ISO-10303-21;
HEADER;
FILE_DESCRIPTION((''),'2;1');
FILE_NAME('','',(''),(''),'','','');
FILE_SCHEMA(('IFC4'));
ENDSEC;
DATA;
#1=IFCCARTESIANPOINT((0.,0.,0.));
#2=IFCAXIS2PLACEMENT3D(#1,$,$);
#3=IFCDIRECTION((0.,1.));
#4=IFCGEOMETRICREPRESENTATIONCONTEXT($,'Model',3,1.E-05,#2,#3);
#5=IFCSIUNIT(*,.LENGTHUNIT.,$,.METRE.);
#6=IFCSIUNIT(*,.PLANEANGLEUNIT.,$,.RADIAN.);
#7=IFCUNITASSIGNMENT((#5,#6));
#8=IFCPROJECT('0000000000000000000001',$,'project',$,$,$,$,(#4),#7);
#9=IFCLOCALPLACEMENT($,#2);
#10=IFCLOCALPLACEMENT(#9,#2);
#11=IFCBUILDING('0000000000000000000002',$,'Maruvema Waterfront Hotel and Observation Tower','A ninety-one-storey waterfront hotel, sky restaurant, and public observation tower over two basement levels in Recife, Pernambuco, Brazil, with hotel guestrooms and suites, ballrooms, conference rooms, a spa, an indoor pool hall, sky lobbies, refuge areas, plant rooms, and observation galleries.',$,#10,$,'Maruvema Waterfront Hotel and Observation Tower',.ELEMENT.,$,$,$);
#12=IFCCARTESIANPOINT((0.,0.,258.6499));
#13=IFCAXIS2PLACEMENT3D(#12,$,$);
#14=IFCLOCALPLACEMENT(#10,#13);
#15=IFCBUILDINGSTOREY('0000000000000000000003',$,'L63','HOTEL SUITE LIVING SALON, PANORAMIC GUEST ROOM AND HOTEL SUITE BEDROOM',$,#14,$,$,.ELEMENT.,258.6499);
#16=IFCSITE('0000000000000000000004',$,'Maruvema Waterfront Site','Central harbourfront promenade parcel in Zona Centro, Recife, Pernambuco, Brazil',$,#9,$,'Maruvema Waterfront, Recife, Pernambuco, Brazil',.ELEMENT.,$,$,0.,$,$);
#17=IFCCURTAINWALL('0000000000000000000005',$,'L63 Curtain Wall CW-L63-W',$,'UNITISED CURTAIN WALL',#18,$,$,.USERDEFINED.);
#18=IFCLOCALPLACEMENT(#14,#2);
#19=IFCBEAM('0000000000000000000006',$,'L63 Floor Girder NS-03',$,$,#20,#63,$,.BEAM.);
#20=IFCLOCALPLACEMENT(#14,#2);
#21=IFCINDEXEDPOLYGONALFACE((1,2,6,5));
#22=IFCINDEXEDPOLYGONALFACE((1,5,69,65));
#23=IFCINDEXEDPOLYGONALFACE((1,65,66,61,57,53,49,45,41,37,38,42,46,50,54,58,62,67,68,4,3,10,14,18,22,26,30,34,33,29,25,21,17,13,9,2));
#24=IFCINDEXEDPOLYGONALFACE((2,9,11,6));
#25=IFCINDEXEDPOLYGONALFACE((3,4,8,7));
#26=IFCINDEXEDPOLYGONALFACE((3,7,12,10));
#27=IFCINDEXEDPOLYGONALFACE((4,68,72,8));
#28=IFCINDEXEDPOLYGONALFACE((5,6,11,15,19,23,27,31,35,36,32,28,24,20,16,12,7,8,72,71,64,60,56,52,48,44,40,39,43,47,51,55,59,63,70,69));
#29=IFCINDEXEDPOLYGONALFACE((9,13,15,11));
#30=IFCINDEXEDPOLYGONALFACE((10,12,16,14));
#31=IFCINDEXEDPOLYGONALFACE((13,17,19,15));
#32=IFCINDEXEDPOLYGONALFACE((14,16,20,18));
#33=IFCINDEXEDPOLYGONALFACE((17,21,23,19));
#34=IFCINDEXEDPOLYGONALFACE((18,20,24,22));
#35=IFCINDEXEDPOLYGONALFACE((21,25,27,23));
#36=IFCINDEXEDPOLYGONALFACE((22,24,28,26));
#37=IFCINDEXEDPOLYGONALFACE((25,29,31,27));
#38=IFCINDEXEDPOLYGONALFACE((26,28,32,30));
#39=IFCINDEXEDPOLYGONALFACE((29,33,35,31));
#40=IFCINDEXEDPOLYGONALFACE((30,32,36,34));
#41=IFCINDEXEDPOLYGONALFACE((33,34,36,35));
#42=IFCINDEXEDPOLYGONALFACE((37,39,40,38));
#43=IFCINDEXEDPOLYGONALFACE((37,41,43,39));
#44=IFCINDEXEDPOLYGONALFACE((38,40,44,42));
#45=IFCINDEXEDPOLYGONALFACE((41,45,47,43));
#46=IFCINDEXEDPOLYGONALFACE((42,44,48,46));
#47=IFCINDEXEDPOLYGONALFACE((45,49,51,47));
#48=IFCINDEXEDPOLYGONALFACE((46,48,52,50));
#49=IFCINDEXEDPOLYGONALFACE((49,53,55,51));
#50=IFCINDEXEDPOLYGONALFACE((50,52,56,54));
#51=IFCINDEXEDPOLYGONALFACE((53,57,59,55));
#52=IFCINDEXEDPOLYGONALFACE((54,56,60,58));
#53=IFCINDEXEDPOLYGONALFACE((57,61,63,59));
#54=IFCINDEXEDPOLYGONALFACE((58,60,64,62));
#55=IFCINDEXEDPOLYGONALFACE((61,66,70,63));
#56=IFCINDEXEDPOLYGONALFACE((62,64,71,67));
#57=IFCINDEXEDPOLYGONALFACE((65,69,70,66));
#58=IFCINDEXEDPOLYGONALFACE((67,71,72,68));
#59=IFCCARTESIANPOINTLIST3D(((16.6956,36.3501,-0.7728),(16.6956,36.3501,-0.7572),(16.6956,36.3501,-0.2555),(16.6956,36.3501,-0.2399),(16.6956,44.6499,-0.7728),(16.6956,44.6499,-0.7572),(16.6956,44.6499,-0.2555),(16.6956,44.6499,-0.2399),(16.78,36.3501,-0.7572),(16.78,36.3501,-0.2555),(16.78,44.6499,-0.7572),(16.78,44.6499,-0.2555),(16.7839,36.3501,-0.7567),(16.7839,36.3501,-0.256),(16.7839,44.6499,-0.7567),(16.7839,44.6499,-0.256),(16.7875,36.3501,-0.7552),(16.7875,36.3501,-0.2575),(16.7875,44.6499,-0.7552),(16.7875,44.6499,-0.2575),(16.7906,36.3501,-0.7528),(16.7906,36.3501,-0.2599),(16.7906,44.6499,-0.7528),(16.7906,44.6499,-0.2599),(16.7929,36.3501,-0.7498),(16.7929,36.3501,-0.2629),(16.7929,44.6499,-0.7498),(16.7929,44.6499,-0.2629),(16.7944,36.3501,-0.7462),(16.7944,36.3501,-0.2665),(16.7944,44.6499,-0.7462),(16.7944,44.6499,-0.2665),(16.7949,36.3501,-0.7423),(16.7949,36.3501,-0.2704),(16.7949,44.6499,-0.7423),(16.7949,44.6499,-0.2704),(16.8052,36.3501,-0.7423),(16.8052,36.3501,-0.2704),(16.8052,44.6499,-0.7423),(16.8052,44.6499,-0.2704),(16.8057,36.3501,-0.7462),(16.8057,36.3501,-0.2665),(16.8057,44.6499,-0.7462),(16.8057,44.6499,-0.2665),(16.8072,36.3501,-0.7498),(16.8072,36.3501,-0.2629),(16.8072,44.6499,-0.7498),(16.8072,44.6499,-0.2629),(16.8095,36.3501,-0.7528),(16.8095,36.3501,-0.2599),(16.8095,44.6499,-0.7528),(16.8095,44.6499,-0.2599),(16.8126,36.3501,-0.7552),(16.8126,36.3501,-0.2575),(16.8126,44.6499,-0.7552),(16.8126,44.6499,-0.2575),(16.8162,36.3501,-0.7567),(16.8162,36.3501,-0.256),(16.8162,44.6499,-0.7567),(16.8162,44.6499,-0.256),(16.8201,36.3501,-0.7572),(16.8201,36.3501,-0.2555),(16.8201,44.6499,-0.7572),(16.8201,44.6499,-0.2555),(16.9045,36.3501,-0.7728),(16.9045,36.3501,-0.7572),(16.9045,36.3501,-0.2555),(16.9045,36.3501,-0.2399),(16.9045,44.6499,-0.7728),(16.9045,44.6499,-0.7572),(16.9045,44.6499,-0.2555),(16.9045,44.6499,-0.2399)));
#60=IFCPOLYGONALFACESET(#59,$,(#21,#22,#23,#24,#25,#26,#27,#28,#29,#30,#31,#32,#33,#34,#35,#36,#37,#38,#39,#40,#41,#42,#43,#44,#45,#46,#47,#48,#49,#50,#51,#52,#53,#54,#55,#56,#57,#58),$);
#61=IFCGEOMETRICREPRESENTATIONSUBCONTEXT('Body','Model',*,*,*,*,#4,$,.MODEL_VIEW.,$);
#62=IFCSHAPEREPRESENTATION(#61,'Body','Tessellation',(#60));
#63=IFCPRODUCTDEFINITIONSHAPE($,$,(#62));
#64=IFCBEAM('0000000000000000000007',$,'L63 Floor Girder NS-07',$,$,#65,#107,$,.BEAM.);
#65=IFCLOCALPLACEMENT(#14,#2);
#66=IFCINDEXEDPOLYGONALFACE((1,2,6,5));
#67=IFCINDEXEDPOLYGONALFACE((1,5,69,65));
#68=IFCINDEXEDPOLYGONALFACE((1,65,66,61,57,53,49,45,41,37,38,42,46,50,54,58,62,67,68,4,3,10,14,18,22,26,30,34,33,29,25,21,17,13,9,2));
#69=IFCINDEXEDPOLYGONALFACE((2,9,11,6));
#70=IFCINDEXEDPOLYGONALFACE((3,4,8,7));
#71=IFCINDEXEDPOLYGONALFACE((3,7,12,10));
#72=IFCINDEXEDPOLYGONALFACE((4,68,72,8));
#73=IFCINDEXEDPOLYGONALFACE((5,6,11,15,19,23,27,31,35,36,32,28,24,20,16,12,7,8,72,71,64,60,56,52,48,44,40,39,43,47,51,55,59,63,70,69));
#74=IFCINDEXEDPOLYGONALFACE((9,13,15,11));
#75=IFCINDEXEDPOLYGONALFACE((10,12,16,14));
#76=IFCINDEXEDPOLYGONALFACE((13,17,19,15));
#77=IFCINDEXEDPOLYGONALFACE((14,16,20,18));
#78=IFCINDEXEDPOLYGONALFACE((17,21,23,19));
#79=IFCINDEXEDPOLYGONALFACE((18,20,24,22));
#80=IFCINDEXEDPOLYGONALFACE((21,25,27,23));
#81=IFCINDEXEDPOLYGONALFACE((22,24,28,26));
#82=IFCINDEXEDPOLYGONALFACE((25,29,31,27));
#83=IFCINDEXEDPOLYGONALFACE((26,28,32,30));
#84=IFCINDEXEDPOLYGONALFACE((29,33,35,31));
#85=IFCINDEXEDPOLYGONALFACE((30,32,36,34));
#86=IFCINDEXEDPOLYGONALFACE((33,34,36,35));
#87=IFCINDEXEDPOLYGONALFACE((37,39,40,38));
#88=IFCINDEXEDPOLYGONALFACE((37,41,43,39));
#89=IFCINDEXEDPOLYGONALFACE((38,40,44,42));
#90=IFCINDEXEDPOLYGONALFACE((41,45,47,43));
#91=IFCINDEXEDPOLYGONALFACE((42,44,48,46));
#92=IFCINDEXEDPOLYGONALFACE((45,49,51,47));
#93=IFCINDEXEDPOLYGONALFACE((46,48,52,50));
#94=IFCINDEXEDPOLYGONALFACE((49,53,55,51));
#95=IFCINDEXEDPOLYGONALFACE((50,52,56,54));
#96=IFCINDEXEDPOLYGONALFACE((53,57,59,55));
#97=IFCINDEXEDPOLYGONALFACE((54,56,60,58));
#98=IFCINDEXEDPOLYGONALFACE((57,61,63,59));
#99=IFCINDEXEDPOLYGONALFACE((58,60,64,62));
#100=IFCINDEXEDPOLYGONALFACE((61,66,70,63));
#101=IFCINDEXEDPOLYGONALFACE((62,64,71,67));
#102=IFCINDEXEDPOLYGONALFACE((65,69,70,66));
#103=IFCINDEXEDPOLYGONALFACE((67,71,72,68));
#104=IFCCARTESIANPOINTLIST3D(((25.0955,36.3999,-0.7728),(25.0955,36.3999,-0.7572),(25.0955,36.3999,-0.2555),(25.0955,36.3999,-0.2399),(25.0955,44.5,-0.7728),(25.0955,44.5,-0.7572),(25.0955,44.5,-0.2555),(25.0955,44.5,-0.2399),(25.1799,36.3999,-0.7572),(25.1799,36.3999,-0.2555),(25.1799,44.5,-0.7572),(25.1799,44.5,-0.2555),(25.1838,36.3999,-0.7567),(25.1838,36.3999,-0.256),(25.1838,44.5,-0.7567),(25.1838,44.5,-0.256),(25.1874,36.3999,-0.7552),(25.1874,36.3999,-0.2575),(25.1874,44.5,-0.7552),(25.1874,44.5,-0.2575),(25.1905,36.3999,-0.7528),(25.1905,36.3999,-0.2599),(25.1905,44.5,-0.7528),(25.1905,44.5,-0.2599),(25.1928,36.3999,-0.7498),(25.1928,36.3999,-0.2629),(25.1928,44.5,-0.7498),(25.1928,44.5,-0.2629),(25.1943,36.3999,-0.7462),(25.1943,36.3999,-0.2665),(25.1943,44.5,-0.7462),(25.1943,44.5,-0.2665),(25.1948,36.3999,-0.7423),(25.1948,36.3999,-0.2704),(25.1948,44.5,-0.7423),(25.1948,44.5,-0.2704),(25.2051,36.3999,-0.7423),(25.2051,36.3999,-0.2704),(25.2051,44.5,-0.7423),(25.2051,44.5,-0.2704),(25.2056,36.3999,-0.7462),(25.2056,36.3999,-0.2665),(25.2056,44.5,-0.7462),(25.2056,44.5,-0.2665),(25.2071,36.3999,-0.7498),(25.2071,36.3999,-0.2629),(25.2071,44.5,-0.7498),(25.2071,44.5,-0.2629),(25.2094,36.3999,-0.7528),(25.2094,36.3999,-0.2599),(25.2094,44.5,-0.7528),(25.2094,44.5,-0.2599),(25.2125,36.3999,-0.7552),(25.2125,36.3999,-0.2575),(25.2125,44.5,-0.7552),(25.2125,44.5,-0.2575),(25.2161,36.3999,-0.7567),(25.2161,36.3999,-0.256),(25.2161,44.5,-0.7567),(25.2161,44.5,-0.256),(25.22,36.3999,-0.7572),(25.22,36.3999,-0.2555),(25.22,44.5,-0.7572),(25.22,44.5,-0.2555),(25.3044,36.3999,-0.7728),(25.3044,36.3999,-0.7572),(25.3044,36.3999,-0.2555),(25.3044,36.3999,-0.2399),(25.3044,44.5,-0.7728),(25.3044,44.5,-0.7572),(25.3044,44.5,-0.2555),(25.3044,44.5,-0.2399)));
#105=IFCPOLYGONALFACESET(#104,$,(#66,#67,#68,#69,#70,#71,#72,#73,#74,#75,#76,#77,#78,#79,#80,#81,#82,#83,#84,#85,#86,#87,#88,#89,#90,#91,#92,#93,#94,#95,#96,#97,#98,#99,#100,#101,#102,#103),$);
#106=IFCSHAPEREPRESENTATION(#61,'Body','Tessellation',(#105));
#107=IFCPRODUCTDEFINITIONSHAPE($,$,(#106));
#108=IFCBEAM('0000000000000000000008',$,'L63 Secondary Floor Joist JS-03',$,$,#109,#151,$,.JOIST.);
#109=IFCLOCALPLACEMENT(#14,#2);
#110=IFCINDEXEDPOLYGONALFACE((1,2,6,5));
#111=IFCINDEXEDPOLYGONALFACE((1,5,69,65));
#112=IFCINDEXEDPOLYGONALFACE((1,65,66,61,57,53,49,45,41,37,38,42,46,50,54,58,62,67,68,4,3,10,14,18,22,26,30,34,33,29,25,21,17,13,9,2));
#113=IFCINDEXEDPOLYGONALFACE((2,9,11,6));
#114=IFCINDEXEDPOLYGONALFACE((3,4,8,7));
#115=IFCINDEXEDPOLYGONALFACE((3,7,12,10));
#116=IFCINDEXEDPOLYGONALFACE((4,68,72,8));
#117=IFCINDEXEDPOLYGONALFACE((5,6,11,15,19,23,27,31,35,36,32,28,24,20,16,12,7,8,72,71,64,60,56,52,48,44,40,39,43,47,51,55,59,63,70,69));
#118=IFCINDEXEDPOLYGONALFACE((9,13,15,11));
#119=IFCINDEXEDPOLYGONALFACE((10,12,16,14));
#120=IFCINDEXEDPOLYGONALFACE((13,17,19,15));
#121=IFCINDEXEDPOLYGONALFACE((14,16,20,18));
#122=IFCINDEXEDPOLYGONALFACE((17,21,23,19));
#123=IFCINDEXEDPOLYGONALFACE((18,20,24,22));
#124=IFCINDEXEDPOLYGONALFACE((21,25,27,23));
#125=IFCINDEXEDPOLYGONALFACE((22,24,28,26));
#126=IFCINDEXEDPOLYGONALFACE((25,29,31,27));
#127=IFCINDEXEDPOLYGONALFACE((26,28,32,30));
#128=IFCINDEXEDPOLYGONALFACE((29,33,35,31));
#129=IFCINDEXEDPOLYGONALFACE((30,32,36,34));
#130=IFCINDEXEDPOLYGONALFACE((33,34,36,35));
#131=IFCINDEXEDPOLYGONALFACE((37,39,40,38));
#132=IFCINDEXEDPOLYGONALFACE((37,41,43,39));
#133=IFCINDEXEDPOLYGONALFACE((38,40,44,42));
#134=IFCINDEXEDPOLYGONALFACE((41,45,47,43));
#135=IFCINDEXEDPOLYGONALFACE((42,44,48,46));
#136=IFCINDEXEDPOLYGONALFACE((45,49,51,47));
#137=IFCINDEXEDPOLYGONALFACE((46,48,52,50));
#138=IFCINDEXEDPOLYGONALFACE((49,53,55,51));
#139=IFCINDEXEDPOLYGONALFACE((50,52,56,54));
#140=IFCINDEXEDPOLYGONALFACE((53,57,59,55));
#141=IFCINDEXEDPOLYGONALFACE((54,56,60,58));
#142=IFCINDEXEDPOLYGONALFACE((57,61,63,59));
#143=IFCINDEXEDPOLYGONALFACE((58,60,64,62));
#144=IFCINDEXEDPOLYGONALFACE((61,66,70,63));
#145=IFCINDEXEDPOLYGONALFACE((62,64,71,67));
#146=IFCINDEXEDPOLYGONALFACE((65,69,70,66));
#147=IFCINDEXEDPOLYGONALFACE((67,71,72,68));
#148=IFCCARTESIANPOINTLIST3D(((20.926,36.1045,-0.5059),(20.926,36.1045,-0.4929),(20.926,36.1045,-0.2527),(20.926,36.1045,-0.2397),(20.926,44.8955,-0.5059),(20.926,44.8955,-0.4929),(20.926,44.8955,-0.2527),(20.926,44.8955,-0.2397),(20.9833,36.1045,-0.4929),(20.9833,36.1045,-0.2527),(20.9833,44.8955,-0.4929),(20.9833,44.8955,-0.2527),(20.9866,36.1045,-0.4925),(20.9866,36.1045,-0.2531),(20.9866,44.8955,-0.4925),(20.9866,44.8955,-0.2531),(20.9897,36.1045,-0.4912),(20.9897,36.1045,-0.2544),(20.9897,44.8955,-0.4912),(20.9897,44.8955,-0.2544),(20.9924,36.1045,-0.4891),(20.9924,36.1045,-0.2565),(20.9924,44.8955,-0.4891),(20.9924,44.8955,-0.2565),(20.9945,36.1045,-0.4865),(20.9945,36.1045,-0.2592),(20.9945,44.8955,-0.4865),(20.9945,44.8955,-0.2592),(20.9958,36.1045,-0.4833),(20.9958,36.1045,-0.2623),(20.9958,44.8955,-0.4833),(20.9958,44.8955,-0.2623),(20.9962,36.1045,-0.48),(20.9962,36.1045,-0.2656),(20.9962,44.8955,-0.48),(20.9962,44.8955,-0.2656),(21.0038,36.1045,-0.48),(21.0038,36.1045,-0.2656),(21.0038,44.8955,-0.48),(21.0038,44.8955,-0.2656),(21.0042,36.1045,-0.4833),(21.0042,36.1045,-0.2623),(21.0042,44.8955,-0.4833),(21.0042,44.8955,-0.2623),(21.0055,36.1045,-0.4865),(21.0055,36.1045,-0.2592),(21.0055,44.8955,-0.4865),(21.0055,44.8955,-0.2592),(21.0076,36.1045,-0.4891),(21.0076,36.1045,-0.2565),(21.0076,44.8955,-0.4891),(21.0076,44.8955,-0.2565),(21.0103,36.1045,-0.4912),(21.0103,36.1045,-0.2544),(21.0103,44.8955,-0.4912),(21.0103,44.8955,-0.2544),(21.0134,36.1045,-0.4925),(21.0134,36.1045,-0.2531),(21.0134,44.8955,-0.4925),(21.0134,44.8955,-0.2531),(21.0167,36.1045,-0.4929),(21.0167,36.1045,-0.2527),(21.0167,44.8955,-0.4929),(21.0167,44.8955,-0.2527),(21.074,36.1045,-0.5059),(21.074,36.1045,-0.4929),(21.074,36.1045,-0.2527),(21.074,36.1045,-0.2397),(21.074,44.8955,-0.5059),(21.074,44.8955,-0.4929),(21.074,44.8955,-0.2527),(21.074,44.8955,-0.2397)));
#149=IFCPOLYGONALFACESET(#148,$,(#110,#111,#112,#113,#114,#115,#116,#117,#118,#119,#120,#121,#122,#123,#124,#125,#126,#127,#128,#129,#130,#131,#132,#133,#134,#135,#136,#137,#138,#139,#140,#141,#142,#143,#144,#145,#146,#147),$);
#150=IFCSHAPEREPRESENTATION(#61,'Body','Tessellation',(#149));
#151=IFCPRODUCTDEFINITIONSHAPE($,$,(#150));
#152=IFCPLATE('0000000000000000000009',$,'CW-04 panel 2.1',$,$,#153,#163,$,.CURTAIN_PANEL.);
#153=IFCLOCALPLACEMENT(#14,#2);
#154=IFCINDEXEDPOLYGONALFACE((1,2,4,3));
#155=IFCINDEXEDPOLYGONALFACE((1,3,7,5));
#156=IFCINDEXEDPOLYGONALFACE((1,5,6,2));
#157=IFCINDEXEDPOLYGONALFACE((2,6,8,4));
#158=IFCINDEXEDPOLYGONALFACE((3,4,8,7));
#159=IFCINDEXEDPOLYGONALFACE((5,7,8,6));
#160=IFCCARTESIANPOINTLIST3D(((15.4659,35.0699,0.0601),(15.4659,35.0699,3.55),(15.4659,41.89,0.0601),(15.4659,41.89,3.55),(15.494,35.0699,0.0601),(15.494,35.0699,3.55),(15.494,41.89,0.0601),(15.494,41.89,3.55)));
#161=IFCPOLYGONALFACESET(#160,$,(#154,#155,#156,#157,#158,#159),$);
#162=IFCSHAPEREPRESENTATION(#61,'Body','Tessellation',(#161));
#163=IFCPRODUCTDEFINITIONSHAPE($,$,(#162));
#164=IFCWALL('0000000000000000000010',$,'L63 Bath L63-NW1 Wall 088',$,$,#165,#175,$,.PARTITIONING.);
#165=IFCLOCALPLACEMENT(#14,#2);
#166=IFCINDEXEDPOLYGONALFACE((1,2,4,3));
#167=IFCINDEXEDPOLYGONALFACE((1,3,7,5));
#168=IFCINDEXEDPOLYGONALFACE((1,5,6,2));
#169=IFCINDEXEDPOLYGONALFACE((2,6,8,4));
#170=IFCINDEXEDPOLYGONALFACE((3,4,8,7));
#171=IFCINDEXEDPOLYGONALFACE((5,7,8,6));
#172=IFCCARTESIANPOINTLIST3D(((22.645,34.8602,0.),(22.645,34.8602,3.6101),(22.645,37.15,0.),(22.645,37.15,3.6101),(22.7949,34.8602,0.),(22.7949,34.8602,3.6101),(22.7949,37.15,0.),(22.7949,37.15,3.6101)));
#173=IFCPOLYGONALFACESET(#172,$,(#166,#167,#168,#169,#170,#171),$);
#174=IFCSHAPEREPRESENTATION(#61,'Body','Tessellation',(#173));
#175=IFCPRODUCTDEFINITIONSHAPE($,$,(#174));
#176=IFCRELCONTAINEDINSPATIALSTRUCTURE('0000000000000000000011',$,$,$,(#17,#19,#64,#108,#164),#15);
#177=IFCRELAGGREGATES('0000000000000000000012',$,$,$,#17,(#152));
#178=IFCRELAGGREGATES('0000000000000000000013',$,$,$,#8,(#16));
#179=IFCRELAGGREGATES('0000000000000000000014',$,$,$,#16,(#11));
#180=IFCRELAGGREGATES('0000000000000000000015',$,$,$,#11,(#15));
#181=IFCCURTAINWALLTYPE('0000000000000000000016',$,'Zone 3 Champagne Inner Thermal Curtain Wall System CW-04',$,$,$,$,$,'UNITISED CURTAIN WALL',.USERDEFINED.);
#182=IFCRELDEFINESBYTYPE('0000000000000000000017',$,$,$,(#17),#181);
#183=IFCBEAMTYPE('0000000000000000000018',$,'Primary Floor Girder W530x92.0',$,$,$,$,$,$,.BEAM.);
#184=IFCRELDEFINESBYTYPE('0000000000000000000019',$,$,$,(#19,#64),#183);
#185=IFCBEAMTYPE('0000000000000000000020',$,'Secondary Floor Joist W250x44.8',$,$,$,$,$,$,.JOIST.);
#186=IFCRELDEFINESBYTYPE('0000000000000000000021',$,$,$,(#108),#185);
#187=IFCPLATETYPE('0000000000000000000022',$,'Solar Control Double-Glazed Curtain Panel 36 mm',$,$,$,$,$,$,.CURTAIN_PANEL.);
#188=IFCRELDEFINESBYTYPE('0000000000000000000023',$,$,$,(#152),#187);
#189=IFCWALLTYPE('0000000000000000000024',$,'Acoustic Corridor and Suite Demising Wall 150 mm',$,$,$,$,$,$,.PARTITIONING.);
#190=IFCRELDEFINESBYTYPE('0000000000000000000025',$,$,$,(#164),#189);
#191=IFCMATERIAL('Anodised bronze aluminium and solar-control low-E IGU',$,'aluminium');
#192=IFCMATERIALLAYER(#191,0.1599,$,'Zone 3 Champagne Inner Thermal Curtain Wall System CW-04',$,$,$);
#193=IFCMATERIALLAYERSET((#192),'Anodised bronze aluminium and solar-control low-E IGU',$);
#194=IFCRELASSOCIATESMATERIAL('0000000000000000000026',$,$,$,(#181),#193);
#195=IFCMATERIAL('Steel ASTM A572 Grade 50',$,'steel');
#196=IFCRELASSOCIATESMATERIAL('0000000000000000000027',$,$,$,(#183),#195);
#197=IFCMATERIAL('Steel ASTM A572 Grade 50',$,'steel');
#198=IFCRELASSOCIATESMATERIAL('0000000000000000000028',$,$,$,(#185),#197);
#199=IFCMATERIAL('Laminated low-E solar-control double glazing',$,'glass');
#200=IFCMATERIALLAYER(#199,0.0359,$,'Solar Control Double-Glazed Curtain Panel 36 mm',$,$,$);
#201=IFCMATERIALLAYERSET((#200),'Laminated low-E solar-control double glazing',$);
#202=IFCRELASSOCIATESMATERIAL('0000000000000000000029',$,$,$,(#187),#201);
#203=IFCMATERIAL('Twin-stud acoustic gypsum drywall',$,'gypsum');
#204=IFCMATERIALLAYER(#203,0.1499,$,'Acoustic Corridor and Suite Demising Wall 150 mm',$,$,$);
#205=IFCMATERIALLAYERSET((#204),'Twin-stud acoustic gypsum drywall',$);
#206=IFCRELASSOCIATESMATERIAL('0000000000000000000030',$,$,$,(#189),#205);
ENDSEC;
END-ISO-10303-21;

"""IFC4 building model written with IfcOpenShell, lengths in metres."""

from ifc_helpers import new_model, si_unit, direction, frame, frame_2d, origin, origin_2d, place, context, subcontext, project, spatial, rectangle, i_section, extrude, material, layer, layer_set, material_profile, profile_set, type_object, element, aggregate, save


model = new_model("IFC4")

# Units and contexts
model_context = context("Model", 3, precision=1e-05, world=origin(), true_north=direction((0.0, 1.0)))
body_context = subcontext(model_context, "Body", "Model", "MODEL_VIEW")
ifc_project = project(units=[si_unit("LENGTHUNIT", "METRE"), si_unit("PLANEANGLEUNIT", "RADIAN")], contexts=[model_context])

# Site, building, storey
site_placement = place(None, origin())
site = spatial("IfcSite", under=ifc_project, at=site_placement, Name="Maruvema Waterfront Site", Description="Central harbourfront promenade parcel in Zona Centro, Recife, Pernambuco, Brazil", LongName="Maruvema Waterfront, Recife, Pernambuco, Brazil", CompositionType="ELEMENT", RefElevation=0.0)
building_placement = place(site_placement, origin())
building = spatial("IfcBuilding", under=site, at=building_placement, Name="Maruvema Waterfront Hotel and Observation Tower", Description="A ninety-one-storey waterfront hotel, sky restaurant, and public observation tower over two basement levels in Recife, Pernambuco, Brazil, with hotel guestrooms and suites, ballrooms, conference rooms, a spa, an indoor pool hall, sky lobbies, refuge areas, plant rooms, and observation galleries.", LongName="Maruvema Waterfront Hotel and Observation Tower", CompositionType="ELEMENT")
storey_placement = place(building_placement, frame((0.0, 0.0, 258.6499)))
storey = spatial("IfcBuildingStorey", under=building, at=storey_placement, Name="L63", Description="HOTEL SUITE LIVING SALON, PANORAMIC GUEST ROOM AND HOTEL SUITE BEDROOM", CompositionType="ELEMENT", Elevation=258.6499)

# Curtain wall
ifc_material_1 = material(Name="Anodised bronze aluminium and solar-control low-E IGU", Category="aluminium")
ifc_layer_1 = layer(ifc_material_1, 0.1599, Name="Zone 3 Champagne Inner Thermal Curtain Wall System CW-04")
ifc_layer_set_1 = layer_set([ifc_layer_1], Name="Anodised bronze aluminium and solar-control low-E IGU")
curtain_wall_type = type_object("IfcCurtainWallType", Name="Zone 3 Champagne Inner Thermal Curtain Wall System CW-04", ElementType="UNITISED CURTAIN WALL", PredefinedType="USERDEFINED", material=ifc_layer_set_1)
curtain_wall_placement = place(storey_placement, origin())
curtain_wall = element("IfcCurtainWall", 1, at=curtain_wall_placement, inside=storey, type_object=curtain_wall_type, Name="L63 Curtain Wall CW-L63-W", ObjectType="UNITISED CURTAIN WALL", PredefinedType="USERDEFINED")

# Beams
ifc_material_2 = material(Name="Steel ASTM A572 Grade 50", Category="steel")
ifc_material_profile_1 = material_profile(ifc_material_2, i_section(OverallWidth=0.209, OverallDepth=0.533, WebThickness=0.0103, FlangeThickness=0.0156, FilletRadius=0.0149, at=origin_2d()), Name="W530x92.0")
ifc_profile_set_1 = profile_set([ifc_material_profile_1], Name="Steel ASTM A572 Grade 50")
beam_type_1 = type_object("IfcBeamType", Name="Primary Floor Girder W530x92.0", PredefinedType="BEAM", material=ifc_profile_set_1)
beam_1_placement = place(storey_placement, frame((16.8, 36.3501, -0.5063), z_axis=(0.0, 1.0, 0.0), x_axis=(-1.0, 0.0, 0.0)))
element("IfcBeam", 2, at=beam_1_placement, inside=storey, type_object=beam_type_1, Name="L63 Floor Girder NS-03", PredefinedType="BEAM", context=body_context, shape_type="SweptSolid", body=[
    extrude(i_section(OverallWidth=0.209, OverallDepth=0.533, WebThickness=0.0103, FlangeThickness=0.0156, FilletRadius=0.0149, at=origin_2d()), origin(), (0.0, 0.0, 1.0), 8.2998),
])
beam_2_placement = place(storey_placement, frame((25.2, 36.3999, -0.5063), z_axis=(0.0, 1.0, 0.0), x_axis=(-1.0, 0.0, 0.0)))
element("IfcBeam", 3, at=beam_2_placement, inside=storey, type_object=beam_type_1, Name="L63 Floor Girder NS-07", PredefinedType="BEAM", context=body_context, shape_type="SweptSolid", body=[
    extrude(i_section(OverallWidth=0.209, OverallDepth=0.533, WebThickness=0.0103, FlangeThickness=0.0156, FilletRadius=0.0149, at=origin_2d()), origin(), (0.0, 0.0, 1.0), 8.1001),
])
ifc_material_3 = material(Name="Steel ASTM A572 Grade 50", Category="steel")
ifc_material_profile_2 = material_profile(ifc_material_3, i_section(OverallWidth=0.1479, OverallDepth=0.2661, WebThickness=0.0076, FlangeThickness=0.0129, FilletRadius=0.0129, at=origin_2d()), Name="W250x44.8")
ifc_profile_set_2 = profile_set([ifc_material_profile_2], Name="Steel ASTM A572 Grade 50")
beam_type_2 = type_object("IfcBeamType", Name="Secondary Floor Joist W250x44.8", PredefinedType="JOIST", material=ifc_profile_set_2)
beam_3_placement = place(storey_placement, frame((21.0, 36.1045, -0.3728), z_axis=(0.0, 1.0, 0.0), x_axis=(-1.0, 0.0, 0.0)))
element("IfcBeam", 4, at=beam_3_placement, inside=storey, type_object=beam_type_2, Name="L63 Secondary Floor Joist JS-03", PredefinedType="JOIST", context=body_context, shape_type="SweptSolid", body=[
    extrude(i_section(OverallWidth=0.1479, OverallDepth=0.2661, WebThickness=0.0076, FlangeThickness=0.0129, FilletRadius=0.0129, at=origin_2d()), origin(), (0.0, 0.0, 1.0), 8.791),
])

# Plate
ifc_material_4 = material(Name="Laminated low-E solar-control double glazing", Category="glass")
ifc_layer_2 = layer(ifc_material_4, 0.0359, Name="Solar Control Double-Glazed Curtain Panel 36 mm")
ifc_layer_set_2 = layer_set([ifc_layer_2], Name="Laminated low-E solar-control double glazing")
plate_type = type_object("IfcPlateType", Name="Solar Control Double-Glazed Curtain Panel 36 mm", PredefinedType="CURTAIN_PANEL", material=ifc_layer_set_2)
plate_placement = place(storey_placement, frame((15.48, 38.48, 0.0601), z_axis=(0.0, 0.0, 1.0), x_axis=(0.0, -1.0, 0.0)))
plate = element("IfcPlate", 5, at=plate_placement, type_object=plate_type, Name="CW-04 panel 2.1", PredefinedType="CURTAIN_PANEL", context=body_context, shape_type="SweptSolid", body=[
    extrude(rectangle(XDim=6.8201, YDim=0.0281, at=origin_2d()), origin(), (0.0, 0.0, 1.0), 3.49),
])
aggregate(curtain_wall, [plate])

# Wall
ifc_material_5 = material(Name="Twin-stud acoustic gypsum drywall", Category="gypsum")
ifc_layer_3 = layer(ifc_material_5, 0.1499, Name="Acoustic Corridor and Suite Demising Wall 150 mm")
ifc_layer_set_3 = layer_set([ifc_layer_3], Name="Twin-stud acoustic gypsum drywall")
wall_type_1 = type_object("IfcWallType", Name="Acoustic Corridor and Suite Demising Wall 150 mm", PredefinedType="PARTITIONING", material=ifc_layer_set_3)
wall_1_placement = place(storey_placement, frame((22.72, 34.8601, 0.0), z_axis=(0.0, 0.0, 1.0), x_axis=(0.0, 1.0, 0.0)))
element("IfcWall", 6, at=wall_1_placement, inside=storey, type_object=wall_type_1, Name="L63 Bath L63-NW1 Wall 088", PredefinedType="PARTITIONING", context=body_context, shape_type="SweptSolid", body=[
    extrude(rectangle(XDim=2.2898, YDim=0.1499, at=frame_2d((1.145, 0.0))), origin(), (0.0, 0.0, 1.0), 3.6101),
])

save(model, "model.ifc")
